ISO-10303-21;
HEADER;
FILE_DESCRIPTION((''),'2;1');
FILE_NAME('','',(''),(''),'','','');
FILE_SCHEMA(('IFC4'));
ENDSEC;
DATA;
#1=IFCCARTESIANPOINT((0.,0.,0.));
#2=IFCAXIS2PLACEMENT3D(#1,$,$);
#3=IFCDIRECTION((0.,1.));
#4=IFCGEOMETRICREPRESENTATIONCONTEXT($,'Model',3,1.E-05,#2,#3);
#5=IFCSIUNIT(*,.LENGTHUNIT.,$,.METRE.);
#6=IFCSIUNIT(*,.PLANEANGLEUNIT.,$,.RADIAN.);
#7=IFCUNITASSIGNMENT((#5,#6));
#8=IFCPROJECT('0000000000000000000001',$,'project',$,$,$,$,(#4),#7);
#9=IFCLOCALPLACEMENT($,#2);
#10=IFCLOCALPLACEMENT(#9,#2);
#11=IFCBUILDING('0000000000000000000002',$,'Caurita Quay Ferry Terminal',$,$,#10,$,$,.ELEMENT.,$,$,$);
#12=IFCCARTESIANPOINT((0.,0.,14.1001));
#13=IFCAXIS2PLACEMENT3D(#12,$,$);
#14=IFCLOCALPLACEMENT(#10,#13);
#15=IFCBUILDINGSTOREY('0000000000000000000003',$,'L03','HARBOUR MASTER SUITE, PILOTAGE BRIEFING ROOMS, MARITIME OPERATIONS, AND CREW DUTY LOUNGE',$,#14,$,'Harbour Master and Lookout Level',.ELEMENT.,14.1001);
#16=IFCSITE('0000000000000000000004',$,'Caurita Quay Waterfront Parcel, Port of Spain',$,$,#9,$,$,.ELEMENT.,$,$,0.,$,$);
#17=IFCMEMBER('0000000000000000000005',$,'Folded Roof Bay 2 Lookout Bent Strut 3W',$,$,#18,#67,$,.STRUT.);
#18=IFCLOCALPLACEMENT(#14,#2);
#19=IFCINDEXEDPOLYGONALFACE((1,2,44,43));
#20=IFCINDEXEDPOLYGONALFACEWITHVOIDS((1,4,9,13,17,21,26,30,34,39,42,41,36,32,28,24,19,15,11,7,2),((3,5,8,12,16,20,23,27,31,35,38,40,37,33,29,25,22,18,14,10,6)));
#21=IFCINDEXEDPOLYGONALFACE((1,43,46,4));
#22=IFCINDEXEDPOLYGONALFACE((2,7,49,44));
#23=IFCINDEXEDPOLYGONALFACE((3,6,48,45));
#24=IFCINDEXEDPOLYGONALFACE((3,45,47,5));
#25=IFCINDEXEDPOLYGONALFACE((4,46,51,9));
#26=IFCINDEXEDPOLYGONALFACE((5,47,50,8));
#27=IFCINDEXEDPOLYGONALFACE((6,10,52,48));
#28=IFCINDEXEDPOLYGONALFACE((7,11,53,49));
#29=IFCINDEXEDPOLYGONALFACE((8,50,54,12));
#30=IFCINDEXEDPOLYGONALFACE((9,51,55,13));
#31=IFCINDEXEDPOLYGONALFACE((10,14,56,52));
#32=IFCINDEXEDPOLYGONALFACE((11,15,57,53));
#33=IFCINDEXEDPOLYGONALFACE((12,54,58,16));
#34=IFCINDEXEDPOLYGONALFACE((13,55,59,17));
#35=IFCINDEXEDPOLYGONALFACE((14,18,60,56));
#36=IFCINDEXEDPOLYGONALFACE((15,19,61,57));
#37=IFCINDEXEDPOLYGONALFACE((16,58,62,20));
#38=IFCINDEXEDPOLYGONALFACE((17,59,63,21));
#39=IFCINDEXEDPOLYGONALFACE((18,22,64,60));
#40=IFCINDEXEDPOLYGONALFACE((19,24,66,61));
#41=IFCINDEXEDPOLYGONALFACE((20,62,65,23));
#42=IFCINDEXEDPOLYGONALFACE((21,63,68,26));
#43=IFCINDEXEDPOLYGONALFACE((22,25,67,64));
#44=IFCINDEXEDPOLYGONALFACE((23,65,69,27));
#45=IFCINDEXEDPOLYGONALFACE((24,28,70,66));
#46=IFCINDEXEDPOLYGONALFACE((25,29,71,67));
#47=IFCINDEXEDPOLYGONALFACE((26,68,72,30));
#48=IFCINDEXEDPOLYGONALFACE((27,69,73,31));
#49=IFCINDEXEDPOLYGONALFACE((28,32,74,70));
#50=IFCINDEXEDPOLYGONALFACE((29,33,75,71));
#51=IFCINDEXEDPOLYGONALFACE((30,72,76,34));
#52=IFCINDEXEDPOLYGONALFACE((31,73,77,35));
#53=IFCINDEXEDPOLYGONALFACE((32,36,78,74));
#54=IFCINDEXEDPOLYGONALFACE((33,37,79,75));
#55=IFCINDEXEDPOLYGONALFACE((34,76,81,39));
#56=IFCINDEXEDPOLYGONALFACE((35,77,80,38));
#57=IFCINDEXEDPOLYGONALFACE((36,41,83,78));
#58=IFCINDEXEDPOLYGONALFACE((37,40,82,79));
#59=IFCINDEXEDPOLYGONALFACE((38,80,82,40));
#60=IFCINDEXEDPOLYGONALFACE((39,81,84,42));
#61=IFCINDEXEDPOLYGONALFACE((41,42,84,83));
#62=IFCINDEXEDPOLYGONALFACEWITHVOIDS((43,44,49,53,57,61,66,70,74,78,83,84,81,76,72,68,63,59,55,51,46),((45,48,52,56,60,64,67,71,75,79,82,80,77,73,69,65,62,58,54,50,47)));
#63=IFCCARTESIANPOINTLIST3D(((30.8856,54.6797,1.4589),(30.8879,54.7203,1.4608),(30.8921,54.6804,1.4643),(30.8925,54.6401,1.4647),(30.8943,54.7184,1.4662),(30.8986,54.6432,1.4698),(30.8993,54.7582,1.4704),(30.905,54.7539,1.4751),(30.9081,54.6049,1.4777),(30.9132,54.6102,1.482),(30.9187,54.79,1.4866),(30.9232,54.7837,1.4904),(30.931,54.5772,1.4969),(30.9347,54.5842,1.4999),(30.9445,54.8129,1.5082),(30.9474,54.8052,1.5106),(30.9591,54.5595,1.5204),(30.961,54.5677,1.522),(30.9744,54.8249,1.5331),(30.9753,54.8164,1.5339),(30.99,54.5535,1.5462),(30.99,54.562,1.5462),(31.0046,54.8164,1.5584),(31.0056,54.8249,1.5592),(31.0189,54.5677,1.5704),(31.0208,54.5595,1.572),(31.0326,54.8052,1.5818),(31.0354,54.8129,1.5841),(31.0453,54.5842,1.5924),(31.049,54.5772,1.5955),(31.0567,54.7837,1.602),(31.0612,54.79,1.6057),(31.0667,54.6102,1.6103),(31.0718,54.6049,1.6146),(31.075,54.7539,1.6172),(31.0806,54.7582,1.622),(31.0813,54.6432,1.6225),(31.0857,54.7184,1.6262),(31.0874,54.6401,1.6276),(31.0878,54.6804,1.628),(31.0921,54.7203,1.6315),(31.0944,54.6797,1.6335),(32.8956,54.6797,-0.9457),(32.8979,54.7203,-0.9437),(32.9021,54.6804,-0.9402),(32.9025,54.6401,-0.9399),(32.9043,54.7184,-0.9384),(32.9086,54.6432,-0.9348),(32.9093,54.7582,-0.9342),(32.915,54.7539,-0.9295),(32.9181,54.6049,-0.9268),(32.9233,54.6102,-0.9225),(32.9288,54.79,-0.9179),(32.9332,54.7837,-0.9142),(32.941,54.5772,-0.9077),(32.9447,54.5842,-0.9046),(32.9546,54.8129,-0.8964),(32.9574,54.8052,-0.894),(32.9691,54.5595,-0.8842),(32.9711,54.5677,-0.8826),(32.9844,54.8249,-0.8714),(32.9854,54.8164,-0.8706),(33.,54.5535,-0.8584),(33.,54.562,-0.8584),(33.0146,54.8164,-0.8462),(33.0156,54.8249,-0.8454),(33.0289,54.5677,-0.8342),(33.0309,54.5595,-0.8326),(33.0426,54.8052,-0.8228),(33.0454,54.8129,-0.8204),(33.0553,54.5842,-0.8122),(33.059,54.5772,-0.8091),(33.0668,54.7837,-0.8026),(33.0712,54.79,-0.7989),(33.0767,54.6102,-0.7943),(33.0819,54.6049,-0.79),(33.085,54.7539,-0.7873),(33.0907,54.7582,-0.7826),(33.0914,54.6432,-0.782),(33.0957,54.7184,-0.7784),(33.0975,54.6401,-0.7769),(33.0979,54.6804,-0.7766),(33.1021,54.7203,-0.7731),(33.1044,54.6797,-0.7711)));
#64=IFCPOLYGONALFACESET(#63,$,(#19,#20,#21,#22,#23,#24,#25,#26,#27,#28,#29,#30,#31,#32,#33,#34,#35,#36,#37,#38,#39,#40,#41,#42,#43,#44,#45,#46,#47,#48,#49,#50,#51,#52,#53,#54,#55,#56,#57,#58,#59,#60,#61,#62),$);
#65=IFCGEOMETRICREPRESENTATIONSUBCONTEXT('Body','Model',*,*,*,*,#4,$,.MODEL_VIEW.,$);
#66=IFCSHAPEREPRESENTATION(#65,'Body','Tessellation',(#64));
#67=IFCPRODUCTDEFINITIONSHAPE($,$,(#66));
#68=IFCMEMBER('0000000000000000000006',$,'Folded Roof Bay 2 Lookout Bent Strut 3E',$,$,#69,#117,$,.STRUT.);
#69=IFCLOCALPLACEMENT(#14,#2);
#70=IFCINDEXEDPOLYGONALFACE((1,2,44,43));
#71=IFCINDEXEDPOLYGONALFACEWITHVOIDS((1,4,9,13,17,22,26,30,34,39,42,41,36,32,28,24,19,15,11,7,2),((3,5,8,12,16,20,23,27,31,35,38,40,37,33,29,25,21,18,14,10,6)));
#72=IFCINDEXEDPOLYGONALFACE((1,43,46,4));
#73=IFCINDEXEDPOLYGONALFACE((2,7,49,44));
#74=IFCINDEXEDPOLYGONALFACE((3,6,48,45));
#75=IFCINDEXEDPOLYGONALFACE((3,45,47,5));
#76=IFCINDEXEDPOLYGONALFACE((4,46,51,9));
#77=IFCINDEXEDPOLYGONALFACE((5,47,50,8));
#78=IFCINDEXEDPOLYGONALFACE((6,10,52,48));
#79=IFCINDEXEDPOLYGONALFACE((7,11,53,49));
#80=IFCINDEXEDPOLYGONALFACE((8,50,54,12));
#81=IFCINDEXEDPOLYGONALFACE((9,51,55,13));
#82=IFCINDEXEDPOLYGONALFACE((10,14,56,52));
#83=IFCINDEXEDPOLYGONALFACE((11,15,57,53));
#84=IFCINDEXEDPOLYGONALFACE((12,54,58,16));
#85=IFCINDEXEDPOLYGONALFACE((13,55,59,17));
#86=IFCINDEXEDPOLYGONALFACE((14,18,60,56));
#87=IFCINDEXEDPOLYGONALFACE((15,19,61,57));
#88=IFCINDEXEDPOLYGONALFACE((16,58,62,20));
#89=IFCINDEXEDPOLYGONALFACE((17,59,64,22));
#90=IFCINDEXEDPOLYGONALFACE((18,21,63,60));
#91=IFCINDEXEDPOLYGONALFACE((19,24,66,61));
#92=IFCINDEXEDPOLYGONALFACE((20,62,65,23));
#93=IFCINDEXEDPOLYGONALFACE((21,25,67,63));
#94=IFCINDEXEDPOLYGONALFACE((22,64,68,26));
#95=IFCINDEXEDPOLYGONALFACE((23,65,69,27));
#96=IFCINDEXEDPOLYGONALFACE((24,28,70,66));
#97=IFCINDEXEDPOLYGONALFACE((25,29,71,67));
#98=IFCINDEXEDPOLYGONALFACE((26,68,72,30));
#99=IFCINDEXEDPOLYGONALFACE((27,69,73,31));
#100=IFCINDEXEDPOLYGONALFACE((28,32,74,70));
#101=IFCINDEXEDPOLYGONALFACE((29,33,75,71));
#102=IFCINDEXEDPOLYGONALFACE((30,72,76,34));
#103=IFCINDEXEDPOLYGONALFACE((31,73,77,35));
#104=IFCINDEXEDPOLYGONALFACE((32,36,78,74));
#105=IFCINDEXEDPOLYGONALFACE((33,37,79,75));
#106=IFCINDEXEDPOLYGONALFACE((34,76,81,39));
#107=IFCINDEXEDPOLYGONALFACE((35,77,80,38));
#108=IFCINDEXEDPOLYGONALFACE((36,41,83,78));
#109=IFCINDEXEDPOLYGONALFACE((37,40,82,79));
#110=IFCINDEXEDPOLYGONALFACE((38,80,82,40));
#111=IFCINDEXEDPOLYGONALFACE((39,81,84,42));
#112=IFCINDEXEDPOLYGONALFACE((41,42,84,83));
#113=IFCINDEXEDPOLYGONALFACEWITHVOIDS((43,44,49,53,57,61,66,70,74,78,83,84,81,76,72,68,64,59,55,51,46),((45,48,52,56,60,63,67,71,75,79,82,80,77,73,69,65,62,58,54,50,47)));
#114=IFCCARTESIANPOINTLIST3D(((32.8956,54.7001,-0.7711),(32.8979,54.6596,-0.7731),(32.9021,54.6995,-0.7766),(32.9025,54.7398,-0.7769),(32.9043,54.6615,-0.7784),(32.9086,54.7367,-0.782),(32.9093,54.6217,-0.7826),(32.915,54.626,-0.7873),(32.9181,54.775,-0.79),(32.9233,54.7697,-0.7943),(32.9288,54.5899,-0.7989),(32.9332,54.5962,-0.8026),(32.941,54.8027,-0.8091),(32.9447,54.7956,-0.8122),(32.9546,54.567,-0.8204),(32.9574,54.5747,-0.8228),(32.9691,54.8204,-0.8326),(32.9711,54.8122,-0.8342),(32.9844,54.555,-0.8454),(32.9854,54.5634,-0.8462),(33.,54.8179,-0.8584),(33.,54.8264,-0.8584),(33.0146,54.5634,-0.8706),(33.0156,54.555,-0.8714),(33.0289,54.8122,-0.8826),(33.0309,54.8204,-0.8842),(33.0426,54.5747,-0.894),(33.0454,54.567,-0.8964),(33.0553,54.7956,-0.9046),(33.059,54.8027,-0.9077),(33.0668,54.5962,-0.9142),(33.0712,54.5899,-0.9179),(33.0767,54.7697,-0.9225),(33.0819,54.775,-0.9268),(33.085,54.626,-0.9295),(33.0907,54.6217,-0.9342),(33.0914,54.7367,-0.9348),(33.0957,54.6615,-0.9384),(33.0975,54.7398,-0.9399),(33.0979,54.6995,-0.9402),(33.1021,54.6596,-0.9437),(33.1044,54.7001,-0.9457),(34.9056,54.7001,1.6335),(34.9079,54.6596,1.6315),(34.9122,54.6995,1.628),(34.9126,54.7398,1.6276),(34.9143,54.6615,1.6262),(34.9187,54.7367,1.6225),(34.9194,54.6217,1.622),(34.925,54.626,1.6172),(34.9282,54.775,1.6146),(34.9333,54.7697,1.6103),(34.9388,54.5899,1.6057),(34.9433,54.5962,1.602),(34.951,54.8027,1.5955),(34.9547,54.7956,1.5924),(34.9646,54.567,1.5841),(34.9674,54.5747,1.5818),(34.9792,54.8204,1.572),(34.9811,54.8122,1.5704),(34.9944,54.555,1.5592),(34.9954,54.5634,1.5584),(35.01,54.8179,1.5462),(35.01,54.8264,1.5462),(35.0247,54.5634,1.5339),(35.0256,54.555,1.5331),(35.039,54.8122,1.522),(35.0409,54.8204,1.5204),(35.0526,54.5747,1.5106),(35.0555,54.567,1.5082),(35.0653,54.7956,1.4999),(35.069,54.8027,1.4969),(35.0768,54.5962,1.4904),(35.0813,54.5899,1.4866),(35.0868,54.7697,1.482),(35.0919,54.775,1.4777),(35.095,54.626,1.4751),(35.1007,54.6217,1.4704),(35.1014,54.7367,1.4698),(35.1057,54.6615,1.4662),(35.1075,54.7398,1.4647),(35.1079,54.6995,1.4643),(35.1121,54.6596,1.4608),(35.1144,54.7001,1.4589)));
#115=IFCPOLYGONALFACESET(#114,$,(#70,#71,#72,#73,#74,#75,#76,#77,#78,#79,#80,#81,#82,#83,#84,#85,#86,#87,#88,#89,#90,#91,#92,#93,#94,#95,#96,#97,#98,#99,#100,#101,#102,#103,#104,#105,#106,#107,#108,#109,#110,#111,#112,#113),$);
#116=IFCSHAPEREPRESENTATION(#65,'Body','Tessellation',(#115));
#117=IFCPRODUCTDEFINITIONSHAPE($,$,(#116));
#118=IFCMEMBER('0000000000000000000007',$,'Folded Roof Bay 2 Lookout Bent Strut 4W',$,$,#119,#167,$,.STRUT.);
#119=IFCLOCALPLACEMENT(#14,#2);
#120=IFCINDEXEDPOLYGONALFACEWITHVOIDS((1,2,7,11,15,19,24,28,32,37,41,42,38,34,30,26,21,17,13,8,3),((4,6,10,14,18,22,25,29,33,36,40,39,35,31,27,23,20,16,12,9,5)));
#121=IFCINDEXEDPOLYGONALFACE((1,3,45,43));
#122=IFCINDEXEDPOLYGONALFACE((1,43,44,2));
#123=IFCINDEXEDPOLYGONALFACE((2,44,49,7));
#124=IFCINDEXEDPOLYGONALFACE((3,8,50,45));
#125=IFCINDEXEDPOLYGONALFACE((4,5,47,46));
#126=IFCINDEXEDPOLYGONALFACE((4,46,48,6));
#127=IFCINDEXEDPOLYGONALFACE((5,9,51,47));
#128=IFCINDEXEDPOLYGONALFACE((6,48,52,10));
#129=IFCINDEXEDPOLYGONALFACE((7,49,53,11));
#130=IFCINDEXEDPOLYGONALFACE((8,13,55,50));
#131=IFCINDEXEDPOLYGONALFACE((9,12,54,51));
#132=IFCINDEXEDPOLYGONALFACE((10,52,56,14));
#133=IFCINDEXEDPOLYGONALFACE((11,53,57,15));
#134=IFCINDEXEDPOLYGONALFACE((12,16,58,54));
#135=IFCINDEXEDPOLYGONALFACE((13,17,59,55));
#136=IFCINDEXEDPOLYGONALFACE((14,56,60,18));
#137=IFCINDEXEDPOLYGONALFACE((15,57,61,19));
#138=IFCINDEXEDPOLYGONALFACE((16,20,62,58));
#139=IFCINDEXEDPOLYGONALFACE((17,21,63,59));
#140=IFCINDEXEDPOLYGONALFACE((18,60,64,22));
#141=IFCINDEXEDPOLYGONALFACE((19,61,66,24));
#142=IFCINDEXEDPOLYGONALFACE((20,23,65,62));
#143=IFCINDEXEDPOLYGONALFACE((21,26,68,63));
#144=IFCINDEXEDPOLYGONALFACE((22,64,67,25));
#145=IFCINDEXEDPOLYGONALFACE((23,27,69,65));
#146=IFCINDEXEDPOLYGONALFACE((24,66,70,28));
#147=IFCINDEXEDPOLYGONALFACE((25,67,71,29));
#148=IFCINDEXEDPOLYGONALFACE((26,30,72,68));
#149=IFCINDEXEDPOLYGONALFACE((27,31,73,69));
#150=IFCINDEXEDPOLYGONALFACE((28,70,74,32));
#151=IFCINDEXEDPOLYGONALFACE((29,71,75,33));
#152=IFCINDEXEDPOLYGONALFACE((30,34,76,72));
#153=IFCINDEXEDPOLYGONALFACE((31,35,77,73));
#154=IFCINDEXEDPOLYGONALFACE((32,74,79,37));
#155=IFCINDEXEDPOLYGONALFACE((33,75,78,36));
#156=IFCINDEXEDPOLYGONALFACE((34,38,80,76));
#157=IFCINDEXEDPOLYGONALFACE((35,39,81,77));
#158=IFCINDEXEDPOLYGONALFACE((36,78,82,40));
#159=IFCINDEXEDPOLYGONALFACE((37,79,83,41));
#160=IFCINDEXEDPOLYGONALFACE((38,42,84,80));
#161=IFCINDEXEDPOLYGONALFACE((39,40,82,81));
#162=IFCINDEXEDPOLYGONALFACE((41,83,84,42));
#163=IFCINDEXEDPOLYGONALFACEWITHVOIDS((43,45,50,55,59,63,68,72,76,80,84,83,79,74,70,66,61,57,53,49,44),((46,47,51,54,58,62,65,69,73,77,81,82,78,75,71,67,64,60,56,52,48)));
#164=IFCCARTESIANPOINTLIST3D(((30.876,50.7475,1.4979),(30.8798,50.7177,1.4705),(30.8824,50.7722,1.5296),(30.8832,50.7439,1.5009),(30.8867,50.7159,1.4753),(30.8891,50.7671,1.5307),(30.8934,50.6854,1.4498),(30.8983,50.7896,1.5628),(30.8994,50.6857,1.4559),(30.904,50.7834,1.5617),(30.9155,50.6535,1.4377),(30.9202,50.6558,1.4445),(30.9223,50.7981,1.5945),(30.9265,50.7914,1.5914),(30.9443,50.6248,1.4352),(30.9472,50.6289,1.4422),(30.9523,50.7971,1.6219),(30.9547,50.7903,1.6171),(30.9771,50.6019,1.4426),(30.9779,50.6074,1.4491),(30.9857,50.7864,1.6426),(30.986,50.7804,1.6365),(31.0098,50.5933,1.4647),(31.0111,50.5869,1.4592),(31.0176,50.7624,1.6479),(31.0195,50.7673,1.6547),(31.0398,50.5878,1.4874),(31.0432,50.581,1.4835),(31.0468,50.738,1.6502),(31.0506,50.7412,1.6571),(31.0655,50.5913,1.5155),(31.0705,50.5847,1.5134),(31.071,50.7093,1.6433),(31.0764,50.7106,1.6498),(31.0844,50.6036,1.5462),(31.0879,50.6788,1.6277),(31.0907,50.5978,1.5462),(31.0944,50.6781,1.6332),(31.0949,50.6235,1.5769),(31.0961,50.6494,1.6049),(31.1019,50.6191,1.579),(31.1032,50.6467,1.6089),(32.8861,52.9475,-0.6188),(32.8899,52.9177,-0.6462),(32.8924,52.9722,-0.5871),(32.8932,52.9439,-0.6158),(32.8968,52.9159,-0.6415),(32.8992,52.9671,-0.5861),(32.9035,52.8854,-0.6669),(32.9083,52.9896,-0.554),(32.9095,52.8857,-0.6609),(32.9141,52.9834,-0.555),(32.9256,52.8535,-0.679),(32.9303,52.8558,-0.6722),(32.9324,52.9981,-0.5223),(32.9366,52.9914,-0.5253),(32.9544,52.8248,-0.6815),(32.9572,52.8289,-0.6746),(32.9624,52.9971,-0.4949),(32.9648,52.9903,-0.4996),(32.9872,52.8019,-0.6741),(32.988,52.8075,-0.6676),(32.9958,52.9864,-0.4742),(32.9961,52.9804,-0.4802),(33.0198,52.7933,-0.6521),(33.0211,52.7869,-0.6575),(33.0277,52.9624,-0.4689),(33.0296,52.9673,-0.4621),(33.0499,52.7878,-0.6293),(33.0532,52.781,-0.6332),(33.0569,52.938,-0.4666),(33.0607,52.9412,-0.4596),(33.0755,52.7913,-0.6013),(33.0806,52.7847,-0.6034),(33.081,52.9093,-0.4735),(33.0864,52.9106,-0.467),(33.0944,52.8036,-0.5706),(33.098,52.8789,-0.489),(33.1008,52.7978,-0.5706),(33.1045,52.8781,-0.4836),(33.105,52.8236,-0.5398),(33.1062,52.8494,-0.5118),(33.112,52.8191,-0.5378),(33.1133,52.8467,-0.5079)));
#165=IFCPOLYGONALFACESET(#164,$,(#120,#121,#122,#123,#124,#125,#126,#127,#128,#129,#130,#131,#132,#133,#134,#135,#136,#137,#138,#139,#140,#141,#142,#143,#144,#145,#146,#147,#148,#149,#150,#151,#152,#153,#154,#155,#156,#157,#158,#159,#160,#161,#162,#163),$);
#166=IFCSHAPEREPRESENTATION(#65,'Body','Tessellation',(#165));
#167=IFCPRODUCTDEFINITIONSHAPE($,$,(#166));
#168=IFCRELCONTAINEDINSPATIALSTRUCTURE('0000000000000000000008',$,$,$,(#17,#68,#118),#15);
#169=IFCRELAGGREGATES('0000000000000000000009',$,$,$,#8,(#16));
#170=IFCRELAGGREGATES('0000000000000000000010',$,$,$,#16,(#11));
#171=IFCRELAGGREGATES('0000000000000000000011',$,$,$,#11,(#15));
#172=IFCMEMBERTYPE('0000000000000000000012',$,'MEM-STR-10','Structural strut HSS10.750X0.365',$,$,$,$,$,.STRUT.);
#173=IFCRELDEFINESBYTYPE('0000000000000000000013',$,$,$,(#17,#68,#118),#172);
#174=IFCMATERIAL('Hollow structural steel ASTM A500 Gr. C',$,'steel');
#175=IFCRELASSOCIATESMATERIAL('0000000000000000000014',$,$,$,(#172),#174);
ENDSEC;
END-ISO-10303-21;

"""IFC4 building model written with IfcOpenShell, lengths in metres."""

from ifc_helpers import new_model, si_unit, direction, frame, origin, origin_2d, place, context, subcontext, project, spatial, hollow_circle, extrude, material, material_profile, profile_set, type_object, element, save


model = new_model("IFC4")

# Units and contexts
model_context = context("Model", 3, precision=1e-05, world=origin(), true_north=direction((0.0, 1.0)))
body_context = subcontext(model_context, "Body", "Model", "MODEL_VIEW")
ifc_project = project(units=[si_unit("LENGTHUNIT", "METRE"), si_unit("PLANEANGLEUNIT", "RADIAN")], contexts=[model_context])

# Site, building, storey
site_placement = place(None, origin())
site = spatial("IfcSite", under=ifc_project, at=site_placement, Name="Caurita Quay Waterfront Parcel, Port of Spain", CompositionType="ELEMENT", RefElevation=0.0)
building_placement = place(site_placement, origin())
building = spatial("IfcBuilding", under=site, at=building_placement, Name="Caurita Quay Ferry Terminal", CompositionType="ELEMENT")
storey_placement = place(building_placement, frame((0.0, 0.0, 14.1001)))
storey = spatial("IfcBuildingStorey", under=building, at=storey_placement, Name="L03", Description="HARBOUR MASTER SUITE, PILOTAGE BRIEFING ROOMS, MARITIME OPERATIONS, AND CREW DUTY LOUNGE", LongName="Harbour Master and Lookout Level", CompositionType="ELEMENT", Elevation=14.1001)

# Members
ifc_material_1 = material(Name="Hollow structural steel ASTM A500 Gr. C", Category="steel")
ifc_material_profile_1 = material_profile(ifc_material_1, hollow_circle(Radius=0.1365, WallThickness=0.0085, at=origin_2d()), Name="HSS10.750X0.365")
ifc_profile_set_1 = profile_set([ifc_material_profile_1], Name="Hollow structural steel ASTM A500 Gr. C")
member_type_1 = type_object("IfcMemberType", Name="MEM-STR-10", Description="Structural strut HSS10.750X0.365", PredefinedType="STRUT", material=ifc_profile_set_1)
for number, where, z_axis, x_axis, name in (
    (1, (33.0, 54.6899, -0.8584), (-0.641356, 0.0, 0.767243), (0.0, -1.0, 0.0), "Folded Roof Bay 2 Lookout Bent Strut 3W"),
    (2, (33.0, 54.6899, -0.8584), (0.641356, 0.0, 0.767243), (0.0, 1.0, 0.0), "Folded Roof Bay 2 Lookout Bent Strut 3E"),
):
    element("IfcMember", number, at=place(storey_placement, frame(where, z_axis=z_axis, x_axis=x_axis)), inside=storey, type_object=member_type_1, Name=name, PredefinedType="STRUT", context=body_context, shape_type="SweptSolid", body=[
        extrude(hollow_circle(Radius=0.1365, WallThickness=0.0085, at=origin_2d()), origin(), (0.0, 0.0, 1.0), 3.134),
    ])
for number, where, z_axis, x_axis, name in (
    (3, (33.0, 52.8899, -0.5706), (-0.549907, -0.601872, 0.579096), (0.738258, -0.674518, 0.0), "Folded Roof Bay 2 Lookout Bent Strut 4W"),
):
    element("IfcMember", number, at=place(storey_placement, frame(where, z_axis=z_axis, x_axis=x_axis)), inside=storey, type_object=member_type_1, Name=name, PredefinedType="STRUT", context=body_context, shape_type="SweptSolid", body=[
        extrude(hollow_circle(Radius=0.1365, WallThickness=0.0085, at=origin_2d()), origin(), (0.0, 0.0, 1.0), 3.6553),
    ])

save(model, "model.ifc")
